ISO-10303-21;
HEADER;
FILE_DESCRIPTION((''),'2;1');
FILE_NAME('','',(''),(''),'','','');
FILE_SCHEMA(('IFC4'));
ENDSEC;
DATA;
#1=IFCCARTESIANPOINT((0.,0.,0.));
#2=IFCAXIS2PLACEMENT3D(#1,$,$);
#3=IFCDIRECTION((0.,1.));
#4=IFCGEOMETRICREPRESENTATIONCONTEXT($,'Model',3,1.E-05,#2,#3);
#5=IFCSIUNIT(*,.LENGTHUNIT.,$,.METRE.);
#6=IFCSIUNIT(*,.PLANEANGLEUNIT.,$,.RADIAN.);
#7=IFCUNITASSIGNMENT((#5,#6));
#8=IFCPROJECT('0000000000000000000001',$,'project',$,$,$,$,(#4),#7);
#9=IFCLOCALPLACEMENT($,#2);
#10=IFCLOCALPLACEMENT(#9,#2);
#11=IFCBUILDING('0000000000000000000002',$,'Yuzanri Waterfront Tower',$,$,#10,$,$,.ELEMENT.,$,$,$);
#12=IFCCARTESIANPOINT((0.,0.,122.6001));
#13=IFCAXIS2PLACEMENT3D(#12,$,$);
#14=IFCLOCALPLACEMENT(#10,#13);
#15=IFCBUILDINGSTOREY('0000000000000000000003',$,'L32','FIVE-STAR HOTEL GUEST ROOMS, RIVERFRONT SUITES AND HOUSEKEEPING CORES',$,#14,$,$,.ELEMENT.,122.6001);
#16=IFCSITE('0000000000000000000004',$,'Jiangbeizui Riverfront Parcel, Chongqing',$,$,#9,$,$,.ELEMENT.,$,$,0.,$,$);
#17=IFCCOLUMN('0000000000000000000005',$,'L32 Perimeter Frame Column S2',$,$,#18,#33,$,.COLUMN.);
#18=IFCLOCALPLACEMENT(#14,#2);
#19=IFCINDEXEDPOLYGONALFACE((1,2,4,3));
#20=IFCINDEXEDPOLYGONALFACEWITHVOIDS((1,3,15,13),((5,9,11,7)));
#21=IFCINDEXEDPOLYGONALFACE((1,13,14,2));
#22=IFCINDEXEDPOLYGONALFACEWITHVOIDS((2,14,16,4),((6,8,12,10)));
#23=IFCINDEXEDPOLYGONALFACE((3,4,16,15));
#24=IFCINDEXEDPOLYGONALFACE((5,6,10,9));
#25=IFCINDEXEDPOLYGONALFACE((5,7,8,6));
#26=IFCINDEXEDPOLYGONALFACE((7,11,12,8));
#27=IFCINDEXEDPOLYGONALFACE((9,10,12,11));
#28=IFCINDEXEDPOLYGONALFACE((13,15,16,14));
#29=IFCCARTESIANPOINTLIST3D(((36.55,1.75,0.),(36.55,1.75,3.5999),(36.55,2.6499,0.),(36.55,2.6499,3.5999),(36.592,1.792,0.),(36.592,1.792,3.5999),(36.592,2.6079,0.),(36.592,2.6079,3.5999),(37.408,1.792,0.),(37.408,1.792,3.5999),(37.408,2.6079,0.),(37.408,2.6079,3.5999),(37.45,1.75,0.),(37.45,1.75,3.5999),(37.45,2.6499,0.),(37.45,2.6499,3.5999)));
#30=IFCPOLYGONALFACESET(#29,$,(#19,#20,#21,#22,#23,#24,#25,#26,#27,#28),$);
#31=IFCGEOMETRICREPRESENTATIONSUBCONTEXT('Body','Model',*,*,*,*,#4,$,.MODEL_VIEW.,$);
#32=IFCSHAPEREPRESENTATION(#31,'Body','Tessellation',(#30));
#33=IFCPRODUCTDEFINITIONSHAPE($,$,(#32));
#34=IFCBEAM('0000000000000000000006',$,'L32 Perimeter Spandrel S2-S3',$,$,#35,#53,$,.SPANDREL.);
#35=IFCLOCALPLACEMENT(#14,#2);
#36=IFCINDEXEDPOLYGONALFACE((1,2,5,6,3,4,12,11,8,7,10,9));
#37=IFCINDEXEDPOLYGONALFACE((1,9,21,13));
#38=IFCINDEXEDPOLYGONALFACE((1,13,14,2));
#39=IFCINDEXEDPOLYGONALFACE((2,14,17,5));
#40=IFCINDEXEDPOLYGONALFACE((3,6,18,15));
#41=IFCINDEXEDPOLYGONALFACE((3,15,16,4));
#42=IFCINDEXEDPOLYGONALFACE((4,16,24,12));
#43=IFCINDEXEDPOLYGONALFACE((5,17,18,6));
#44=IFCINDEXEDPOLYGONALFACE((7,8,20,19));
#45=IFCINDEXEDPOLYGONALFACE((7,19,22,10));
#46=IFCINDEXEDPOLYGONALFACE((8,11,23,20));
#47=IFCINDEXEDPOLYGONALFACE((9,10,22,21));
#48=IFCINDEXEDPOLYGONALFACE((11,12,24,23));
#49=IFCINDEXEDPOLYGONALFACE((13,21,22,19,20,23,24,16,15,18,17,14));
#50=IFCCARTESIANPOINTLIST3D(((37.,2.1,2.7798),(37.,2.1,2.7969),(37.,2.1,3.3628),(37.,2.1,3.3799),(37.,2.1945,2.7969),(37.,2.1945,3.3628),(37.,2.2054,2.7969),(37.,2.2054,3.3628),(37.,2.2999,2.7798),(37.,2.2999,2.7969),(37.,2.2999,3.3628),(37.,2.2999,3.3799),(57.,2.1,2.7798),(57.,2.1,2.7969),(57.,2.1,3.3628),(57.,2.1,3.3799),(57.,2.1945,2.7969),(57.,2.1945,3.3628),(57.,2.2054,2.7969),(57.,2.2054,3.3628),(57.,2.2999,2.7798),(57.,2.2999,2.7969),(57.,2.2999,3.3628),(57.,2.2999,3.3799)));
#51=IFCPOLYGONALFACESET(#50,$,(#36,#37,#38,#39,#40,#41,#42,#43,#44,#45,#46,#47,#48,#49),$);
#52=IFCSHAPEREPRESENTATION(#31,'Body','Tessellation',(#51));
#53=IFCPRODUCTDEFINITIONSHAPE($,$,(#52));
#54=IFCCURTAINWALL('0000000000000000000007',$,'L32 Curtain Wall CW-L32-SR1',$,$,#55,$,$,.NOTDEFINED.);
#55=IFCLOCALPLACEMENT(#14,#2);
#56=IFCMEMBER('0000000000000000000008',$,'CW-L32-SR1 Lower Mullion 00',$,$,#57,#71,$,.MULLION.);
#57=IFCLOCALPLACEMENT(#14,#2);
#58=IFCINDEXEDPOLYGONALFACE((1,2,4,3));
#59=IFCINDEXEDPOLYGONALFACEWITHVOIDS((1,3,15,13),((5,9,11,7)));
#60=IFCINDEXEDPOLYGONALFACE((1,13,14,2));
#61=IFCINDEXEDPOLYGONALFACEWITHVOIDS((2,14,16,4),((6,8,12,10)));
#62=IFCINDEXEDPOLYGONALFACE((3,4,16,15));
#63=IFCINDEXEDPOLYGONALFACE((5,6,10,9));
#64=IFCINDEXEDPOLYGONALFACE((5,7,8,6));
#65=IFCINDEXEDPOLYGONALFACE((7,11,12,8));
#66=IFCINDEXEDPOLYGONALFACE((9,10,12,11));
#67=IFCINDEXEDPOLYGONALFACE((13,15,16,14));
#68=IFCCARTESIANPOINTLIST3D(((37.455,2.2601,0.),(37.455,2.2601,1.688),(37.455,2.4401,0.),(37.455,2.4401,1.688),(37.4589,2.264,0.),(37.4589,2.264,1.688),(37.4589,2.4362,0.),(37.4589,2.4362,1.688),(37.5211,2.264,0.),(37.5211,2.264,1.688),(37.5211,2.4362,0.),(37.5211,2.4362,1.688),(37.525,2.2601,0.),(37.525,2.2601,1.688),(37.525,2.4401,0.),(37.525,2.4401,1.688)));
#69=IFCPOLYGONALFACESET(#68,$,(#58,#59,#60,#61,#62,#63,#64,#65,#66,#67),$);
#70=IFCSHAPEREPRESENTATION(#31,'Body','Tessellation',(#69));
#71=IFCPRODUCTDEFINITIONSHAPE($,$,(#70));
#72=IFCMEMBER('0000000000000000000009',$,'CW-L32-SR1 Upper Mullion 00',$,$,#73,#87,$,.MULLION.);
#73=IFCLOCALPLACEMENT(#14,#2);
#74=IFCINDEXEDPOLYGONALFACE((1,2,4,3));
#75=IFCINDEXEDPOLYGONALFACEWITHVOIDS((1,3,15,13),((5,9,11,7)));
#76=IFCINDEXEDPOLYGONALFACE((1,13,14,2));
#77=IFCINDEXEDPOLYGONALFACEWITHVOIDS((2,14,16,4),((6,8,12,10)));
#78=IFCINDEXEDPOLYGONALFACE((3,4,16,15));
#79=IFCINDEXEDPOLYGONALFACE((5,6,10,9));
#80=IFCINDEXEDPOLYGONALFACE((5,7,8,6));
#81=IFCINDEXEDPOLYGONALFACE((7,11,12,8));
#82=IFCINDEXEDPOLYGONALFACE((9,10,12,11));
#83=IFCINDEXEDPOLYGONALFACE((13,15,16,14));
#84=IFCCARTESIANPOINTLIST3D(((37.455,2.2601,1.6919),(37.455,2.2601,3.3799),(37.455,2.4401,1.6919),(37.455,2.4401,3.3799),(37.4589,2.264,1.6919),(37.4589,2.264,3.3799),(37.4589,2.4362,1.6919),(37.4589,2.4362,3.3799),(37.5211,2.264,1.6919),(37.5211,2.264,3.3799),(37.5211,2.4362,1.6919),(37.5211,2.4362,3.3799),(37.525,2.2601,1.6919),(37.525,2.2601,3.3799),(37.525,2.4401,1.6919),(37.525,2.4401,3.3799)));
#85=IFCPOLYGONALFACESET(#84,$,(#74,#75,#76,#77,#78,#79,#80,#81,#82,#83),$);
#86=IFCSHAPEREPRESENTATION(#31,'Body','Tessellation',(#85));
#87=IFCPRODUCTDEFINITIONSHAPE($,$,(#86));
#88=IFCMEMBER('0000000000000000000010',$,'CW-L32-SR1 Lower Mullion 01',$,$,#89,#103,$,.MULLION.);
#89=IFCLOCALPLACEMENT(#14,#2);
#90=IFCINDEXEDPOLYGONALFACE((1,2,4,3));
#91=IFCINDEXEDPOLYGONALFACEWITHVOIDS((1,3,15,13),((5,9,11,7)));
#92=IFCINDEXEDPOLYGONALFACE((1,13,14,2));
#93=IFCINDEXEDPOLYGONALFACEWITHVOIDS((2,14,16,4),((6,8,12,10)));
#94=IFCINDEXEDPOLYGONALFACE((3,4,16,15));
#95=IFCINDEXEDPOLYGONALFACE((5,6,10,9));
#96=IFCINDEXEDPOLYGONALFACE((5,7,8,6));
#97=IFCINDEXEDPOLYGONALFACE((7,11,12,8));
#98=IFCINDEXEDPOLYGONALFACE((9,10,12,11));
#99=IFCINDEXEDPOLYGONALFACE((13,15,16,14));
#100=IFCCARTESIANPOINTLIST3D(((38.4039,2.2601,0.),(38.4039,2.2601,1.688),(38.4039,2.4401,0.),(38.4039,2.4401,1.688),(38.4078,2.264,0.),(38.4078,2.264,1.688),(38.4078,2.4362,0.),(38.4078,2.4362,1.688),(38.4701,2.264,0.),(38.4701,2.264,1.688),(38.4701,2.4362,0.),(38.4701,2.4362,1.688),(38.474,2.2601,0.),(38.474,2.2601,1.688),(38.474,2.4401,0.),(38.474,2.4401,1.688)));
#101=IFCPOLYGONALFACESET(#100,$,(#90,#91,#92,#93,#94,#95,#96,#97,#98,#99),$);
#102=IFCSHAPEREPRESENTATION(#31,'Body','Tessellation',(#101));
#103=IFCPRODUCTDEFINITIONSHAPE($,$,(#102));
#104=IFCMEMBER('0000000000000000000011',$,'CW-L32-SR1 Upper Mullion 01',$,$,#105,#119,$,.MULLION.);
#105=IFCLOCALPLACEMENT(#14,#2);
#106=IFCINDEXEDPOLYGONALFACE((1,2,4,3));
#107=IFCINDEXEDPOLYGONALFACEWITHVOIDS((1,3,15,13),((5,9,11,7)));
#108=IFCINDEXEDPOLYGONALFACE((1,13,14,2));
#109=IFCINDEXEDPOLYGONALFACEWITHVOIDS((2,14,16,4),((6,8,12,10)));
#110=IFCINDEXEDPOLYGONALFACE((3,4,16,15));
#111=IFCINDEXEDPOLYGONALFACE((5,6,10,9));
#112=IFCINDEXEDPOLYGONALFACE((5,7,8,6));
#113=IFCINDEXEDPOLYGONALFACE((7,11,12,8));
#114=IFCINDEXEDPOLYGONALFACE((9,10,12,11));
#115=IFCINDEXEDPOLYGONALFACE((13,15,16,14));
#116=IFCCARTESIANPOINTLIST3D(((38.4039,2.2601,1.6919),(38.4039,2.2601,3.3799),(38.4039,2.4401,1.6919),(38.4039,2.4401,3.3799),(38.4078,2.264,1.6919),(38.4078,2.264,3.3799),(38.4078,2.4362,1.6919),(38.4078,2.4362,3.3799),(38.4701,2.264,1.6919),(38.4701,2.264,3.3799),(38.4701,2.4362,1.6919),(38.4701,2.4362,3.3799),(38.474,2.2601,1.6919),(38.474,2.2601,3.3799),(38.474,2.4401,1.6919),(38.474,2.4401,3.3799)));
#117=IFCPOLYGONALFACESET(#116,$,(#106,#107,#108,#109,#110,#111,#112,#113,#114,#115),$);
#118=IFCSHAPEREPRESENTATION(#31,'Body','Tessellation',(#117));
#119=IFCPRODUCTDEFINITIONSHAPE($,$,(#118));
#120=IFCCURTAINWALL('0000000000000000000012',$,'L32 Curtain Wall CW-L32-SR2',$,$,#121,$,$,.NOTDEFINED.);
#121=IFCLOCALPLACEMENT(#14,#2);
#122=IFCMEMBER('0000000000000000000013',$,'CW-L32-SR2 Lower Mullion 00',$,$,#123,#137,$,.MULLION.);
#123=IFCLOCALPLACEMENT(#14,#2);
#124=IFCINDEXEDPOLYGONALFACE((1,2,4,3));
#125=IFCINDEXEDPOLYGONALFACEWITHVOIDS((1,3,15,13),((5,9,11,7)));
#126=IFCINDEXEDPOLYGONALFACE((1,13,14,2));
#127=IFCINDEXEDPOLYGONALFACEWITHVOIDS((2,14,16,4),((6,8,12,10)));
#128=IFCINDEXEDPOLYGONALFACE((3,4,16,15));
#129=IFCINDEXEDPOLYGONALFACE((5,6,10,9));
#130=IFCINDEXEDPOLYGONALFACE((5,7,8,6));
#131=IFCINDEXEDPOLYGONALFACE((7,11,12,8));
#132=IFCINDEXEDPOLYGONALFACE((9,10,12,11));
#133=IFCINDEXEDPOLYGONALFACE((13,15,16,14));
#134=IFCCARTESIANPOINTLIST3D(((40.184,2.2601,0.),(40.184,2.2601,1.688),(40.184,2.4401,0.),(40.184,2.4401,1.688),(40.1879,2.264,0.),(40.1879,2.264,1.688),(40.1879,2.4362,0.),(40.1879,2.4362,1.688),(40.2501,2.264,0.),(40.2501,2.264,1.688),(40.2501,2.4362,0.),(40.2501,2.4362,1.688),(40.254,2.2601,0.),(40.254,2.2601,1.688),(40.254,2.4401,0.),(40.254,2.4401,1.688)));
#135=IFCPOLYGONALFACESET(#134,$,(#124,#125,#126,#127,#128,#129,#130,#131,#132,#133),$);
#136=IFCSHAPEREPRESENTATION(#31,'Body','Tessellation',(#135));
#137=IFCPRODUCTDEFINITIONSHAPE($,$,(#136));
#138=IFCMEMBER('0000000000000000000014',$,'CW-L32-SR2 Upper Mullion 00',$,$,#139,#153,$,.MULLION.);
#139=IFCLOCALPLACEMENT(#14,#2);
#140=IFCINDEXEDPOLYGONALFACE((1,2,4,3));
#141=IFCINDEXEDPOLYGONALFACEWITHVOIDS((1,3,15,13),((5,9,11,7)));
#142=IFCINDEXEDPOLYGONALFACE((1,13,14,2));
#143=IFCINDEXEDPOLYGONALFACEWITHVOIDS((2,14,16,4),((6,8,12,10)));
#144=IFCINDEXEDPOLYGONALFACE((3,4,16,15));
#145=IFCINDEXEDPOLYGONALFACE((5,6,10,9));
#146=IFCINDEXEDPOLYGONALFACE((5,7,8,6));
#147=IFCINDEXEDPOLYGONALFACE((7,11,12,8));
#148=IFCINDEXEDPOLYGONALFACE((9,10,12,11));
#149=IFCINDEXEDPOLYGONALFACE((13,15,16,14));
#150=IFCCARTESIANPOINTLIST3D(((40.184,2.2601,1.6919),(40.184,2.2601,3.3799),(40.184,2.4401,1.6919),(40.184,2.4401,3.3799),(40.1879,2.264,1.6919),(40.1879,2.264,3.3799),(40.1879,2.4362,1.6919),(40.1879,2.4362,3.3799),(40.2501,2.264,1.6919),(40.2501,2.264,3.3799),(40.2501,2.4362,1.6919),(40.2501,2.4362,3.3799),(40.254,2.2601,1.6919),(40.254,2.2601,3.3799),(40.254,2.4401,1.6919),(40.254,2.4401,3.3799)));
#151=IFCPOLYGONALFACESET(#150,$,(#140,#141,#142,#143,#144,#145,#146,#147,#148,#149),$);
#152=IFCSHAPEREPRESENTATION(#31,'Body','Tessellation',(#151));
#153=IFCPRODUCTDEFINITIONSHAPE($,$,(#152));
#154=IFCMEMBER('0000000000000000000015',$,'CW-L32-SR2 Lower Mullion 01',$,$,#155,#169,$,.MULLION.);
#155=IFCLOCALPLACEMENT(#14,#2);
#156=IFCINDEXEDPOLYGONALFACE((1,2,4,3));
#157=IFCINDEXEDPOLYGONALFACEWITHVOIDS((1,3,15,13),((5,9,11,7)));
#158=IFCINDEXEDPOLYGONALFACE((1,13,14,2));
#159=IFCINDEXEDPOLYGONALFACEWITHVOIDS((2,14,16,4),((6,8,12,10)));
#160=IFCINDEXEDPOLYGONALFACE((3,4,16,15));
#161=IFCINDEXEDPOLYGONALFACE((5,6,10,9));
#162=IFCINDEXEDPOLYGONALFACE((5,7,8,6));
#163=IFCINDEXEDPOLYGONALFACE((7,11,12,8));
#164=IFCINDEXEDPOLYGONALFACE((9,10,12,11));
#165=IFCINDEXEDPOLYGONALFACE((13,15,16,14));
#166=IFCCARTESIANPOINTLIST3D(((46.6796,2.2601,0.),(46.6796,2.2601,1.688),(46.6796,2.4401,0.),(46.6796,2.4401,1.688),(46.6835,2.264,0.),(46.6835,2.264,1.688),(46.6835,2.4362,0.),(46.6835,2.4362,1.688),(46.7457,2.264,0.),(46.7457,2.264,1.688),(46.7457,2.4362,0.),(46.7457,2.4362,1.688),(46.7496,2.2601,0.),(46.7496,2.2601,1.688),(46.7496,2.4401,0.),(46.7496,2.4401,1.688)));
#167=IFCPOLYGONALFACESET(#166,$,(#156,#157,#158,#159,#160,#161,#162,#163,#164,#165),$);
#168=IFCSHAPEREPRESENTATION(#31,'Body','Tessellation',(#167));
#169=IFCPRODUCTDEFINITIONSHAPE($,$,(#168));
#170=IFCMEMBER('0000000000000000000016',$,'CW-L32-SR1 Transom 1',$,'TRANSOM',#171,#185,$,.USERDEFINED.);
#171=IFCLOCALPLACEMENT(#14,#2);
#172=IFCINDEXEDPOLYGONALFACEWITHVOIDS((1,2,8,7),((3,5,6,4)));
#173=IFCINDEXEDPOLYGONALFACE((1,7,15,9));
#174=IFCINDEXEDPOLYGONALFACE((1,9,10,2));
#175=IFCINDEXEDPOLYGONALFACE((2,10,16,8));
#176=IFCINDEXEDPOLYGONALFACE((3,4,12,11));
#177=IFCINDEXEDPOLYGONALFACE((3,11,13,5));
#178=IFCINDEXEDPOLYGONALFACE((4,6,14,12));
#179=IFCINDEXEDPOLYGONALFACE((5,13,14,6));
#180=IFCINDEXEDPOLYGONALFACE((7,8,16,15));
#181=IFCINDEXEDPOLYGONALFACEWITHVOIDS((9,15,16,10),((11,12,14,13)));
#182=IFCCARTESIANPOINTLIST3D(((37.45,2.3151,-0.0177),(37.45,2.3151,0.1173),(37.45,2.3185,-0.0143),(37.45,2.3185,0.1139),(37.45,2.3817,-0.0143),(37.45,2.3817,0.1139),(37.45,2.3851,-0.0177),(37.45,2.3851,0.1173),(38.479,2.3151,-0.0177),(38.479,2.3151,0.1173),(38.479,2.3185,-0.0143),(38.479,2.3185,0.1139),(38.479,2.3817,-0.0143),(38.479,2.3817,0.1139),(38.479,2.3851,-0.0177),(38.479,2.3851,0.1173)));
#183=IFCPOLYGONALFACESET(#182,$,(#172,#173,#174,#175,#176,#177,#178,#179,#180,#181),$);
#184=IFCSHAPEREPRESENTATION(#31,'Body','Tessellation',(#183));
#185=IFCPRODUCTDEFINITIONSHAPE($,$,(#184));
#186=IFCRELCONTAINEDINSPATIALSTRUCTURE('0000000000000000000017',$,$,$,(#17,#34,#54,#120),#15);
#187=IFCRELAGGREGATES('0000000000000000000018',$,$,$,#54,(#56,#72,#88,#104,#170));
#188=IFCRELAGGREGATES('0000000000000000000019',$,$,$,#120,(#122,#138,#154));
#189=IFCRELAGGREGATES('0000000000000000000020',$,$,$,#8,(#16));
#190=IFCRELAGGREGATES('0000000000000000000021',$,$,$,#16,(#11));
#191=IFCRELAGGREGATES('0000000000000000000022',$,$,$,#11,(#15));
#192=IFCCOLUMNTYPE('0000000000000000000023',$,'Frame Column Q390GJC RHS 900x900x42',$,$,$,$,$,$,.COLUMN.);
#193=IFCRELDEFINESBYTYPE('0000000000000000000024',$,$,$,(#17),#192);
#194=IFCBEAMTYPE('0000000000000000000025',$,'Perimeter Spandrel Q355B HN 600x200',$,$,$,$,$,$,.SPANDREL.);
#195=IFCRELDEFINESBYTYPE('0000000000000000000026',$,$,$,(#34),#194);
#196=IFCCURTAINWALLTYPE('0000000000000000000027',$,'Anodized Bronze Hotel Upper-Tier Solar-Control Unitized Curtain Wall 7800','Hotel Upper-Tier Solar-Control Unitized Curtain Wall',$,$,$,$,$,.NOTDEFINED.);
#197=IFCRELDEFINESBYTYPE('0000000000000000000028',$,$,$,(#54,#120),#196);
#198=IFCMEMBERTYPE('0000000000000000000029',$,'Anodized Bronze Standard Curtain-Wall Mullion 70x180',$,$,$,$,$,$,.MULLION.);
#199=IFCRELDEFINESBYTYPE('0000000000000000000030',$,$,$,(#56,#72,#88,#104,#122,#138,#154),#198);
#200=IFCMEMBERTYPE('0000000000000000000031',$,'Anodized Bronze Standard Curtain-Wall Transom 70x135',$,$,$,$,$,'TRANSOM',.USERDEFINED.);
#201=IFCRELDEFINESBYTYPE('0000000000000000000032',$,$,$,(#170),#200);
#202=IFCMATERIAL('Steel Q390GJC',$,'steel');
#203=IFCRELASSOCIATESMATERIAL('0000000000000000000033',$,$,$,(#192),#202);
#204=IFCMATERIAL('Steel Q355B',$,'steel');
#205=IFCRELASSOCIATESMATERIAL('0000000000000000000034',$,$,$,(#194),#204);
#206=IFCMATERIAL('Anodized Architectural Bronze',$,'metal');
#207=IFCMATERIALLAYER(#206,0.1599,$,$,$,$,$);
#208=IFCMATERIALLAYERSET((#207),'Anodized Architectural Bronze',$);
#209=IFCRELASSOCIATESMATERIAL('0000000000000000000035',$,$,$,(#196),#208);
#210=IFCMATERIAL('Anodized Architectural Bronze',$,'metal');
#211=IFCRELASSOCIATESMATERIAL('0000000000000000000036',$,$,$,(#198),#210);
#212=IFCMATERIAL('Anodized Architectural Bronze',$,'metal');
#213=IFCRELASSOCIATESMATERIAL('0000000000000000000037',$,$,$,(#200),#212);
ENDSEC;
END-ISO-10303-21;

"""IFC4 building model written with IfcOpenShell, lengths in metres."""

from ifc_helpers import new_model, si_unit, direction, frame, origin, origin_2d, place, context, subcontext, project, spatial, hollow_rectangle, i_section, extrude, source, transform, mapped, material, layer, layer_set, material_profile, profile_set, type_object, element, aggregate, save


model = new_model("IFC4")

# Units and contexts
model_context = context("Model", 3, precision=1e-05, world=origin(), true_north=direction((0.0, 1.0)))
body_context = subcontext(model_context, "Body", "Model", "MODEL_VIEW")
ifc_project = project(units=[si_unit("LENGTHUNIT", "METRE"), si_unit("PLANEANGLEUNIT", "RADIAN")], contexts=[model_context])

# Site, building, storey
site_placement = place(None, origin())
site = spatial("IfcSite", under=ifc_project, at=site_placement, Name="Jiangbeizui Riverfront Parcel, Chongqing", CompositionType="ELEMENT", RefElevation=0.0)
building_placement = place(site_placement, origin())
building = spatial("IfcBuilding", under=site, at=building_placement, Name="Yuzanri Waterfront Tower", CompositionType="ELEMENT")
storey_placement = place(building_placement, frame((0.0, 0.0, 122.6001)))
storey = spatial("IfcBuildingStorey", under=building, at=storey_placement, Name="L32", Description="FIVE-STAR HOTEL GUEST ROOMS, RIVERFRONT SUITES AND HOUSEKEEPING CORES", CompositionType="ELEMENT", Elevation=122.6001)

# Column
ifc_material_1 = material(Name="Steel Q390GJC", Category="steel")
ifc_material_profile_1 = material_profile(ifc_material_1, hollow_rectangle(XDim=0.8999, YDim=0.8999, WallThickness=0.042, at=origin_2d()), Name="RHS 900x900x42")
ifc_profile_set_1 = profile_set([ifc_material_profile_1], Name="Steel Q390GJC")
column_type = type_object("IfcColumnType", Name="Frame Column Q390GJC RHS 900x900x42", PredefinedType="COLUMN", material=ifc_profile_set_1)
shared_shape_1 = source(origin(), body_context, "Body", "SweptSolid", [
    extrude(hollow_rectangle(XDim=0.8999, YDim=0.8999, WallThickness=0.042, at=origin_2d()), origin(), (0.0, 0.0, 1.0), 3.5999),
])
column_placement = place(storey_placement, frame((37.0, 2.2, 0.0), z_axis=(0.0, 0.0, 1.0), x_axis=(1.0, 0.0, 0.0)))
element("IfcColumn", 1, at=column_placement, inside=storey, type_object=column_type, Name="L32 Perimeter Frame Column S2", PredefinedType="COLUMN", context=body_context, shape_type="MappedRepresentation", body=[
    mapped(shared_shape_1, transform((0.0, 0.0, 0.0), scale=1.0)),
])

# Beam
ifc_material_2 = material(Name="Steel Q355B", Category="steel")
ifc_material_profile_2 = material_profile(ifc_material_2, i_section(OverallWidth=0.2, OverallDepth=0.6001, WebThickness=0.011, FlangeThickness=0.0171, at=origin_2d()), Name="HN 600x200x11x17")
ifc_profile_set_2 = profile_set([ifc_material_profile_2], Name="Steel Q355B")
beam_type = type_object("IfcBeamType", Name="Perimeter Spandrel Q355B HN 600x200", PredefinedType="SPANDREL", material=ifc_profile_set_2)
shared_shape_2 = source(origin(), body_context, "Body", "SweptSolid", [
    extrude(i_section(OverallWidth=0.2, OverallDepth=0.6001, WebThickness=0.011, FlangeThickness=0.0171, at=origin_2d()), origin(), (0.0, 0.0, 1.0), 20.0),
])
beam_placement = place(storey_placement, frame((37.0, 2.2, 3.0798), z_axis=(1.0, 0.0, 0.0), x_axis=(0.0, 1.0, 0.0)))
element("IfcBeam", 2, at=beam_placement, inside=storey, type_object=beam_type, Name="L32 Perimeter Spandrel S2-S3", PredefinedType="SPANDREL", context=body_context, shape_type="MappedRepresentation", body=[
    mapped(shared_shape_2, transform((0.0, 0.0, 0.0), scale=1.0)),
])

# Curtain walls, members
ifc_material_3 = material(Name="Anodized Architectural Bronze", Category="metal")
ifc_layer_1 = layer(ifc_material_3, 0.1599)
ifc_layer_set_1 = layer_set([ifc_layer_1], Name="Anodized Architectural Bronze")
curtain_wall_type = type_object("IfcCurtainWallType", Name="Anodized Bronze Hotel Upper-Tier Solar-Control Unitized Curtain Wall 7800", Description="Hotel Upper-Tier Solar-Control Unitized Curtain Wall", PredefinedType="NOTDEFINED", material=ifc_layer_set_1)
curtain_wall_1_placement = place(storey_placement, origin())
curtain_wall_1 = element("IfcCurtainWall", 3, at=curtain_wall_1_placement, inside=storey, type_object=curtain_wall_type, Name="L32 Curtain Wall CW-L32-SR1", PredefinedType="NOTDEFINED")
ifc_material_4 = material(Name="Anodized Architectural Bronze", Category="metal")
ifc_material_profile_3 = material_profile(ifc_material_4, hollow_rectangle(XDim=0.0701, YDim=0.1799, WallThickness=0.0039, at=origin_2d()), Name="CWM 70x180")
ifc_profile_set_3 = profile_set([ifc_material_profile_3], Name="Anodized Architectural Bronze")
member_type_1 = type_object("IfcMemberType", Name="Anodized Bronze Standard Curtain-Wall Mullion 70x180", PredefinedType="MULLION", material=ifc_profile_set_3)
shared_shape_3 = source(origin(), body_context, "Body", "SweptSolid", [
    extrude(hollow_rectangle(XDim=0.0701, YDim=0.1799, WallThickness=0.0039, at=origin_2d()), origin(), (0.0, 0.0, 1.0), 1.688),
])
member_1_placement = place(storey_placement, frame((37.49, 2.3501, 0.0), z_axis=(0.0, 0.0, 1.0), x_axis=(1.0, 0.0, 0.0)))
member_1 = element("IfcMember", 4, at=member_1_placement, type_object=member_type_1, Name="CW-L32-SR1 Lower Mullion 00", PredefinedType="MULLION", context=body_context, shape_type="MappedRepresentation", body=[
    mapped(shared_shape_3, transform((0.0, 0.0, 0.0), scale=1.0)),
])
member_2_placement = place(storey_placement, frame((37.49, 2.3501, 1.6919), z_axis=(0.0, 0.0, 1.0), x_axis=(1.0, 0.0, 0.0)))
member_2 = element("IfcMember", 5, at=member_2_placement, type_object=member_type_1, Name="CW-L32-SR1 Upper Mullion 00", PredefinedType="MULLION", context=body_context, shape_type="MappedRepresentation", body=[
    mapped(shared_shape_3, transform((0.0, 0.0, 0.0), scale=1.0)),
])
member_3_placement = place(storey_placement, frame((38.439, 2.3501, 0.0), z_axis=(0.0, 0.0, 1.0), x_axis=(1.0, 0.0, 0.0)))
member_3 = element("IfcMember", 6, at=member_3_placement, type_object=member_type_1, Name="CW-L32-SR1 Lower Mullion 01", PredefinedType="MULLION", context=body_context, shape_type="MappedRepresentation", body=[
    mapped(shared_shape_3, transform((0.0, 0.0, 0.0), scale=1.0)),
])
member_4_placement = place(storey_placement, frame((38.439, 2.3501, 1.6919), z_axis=(0.0, 0.0, 1.0), x_axis=(1.0, 0.0, 0.0)))
member_4 = element("IfcMember", 7, at=member_4_placement, type_object=member_type_1, Name="CW-L32-SR1 Upper Mullion 01", PredefinedType="MULLION", context=body_context, shape_type="MappedRepresentation", body=[
    mapped(shared_shape_3, transform((0.0, 0.0, 0.0), scale=1.0)),
])
curtain_wall_2_placement = place(storey_placement, origin())
curtain_wall_2 = element("IfcCurtainWall", 8, at=curtain_wall_2_placement, inside=storey, type_object=curtain_wall_type, Name="L32 Curtain Wall CW-L32-SR2", PredefinedType="NOTDEFINED")
member_5_placement = place(storey_placement, frame((40.219, 2.3501, 0.0), z_axis=(0.0, 0.0, 1.0), x_axis=(1.0, 0.0, 0.0)))
member_5 = element("IfcMember", 9, at=member_5_placement, type_object=member_type_1, Name="CW-L32-SR2 Lower Mullion 00", PredefinedType="MULLION", context=body_context, shape_type="MappedRepresentation", body=[
    mapped(shared_shape_3, transform((0.0, 0.0, 0.0), scale=1.0)),
])
member_6_placement = place(storey_placement, frame((40.219, 2.3501, 1.6919), z_axis=(0.0, 0.0, 1.0), x_axis=(1.0, 0.0, 0.0)))
member_6 = element("IfcMember", 10, at=member_6_placement, type_object=member_type_1, Name="CW-L32-SR2 Upper Mullion 00", PredefinedType="MULLION", context=body_context, shape_type="MappedRepresentation", body=[
    mapped(shared_shape_3, transform((0.0, 0.0, 0.0), scale=1.0)),
])
member_7_placement = place(storey_placement, frame((46.7146, 2.3501, 0.0), z_axis=(0.0, 0.0, 1.0), x_axis=(1.0, 0.0, 0.0)))
member_7 = element("IfcMember", 11, at=member_7_placement, type_object=member_type_1, Name="CW-L32-SR2 Lower Mullion 01", PredefinedType="MULLION", context=body_context, shape_type="MappedRepresentation", body=[
    mapped(shared_shape_3, transform((0.0, 0.0, 0.0), scale=1.0)),
])

# Member
ifc_material_5 = material(Name="Anodized Architectural Bronze", Category="metal")
ifc_material_profile_4 = material_profile(ifc_material_5, hollow_rectangle(XDim=0.0701, YDim=0.135, WallThickness=0.0034, at=origin_2d()), Name="CWT 70x135")
ifc_profile_set_4 = profile_set([ifc_material_profile_4], Name="Anodized Architectural Bronze")
member_type_2 = type_object("IfcMemberType", Name="Anodized Bronze Standard Curtain-Wall Transom 70x135", ElementType="TRANSOM", PredefinedType="USERDEFINED", material=ifc_profile_set_4)
shared_shape_4 = source(origin(), body_context, "Body", "SweptSolid", [
    extrude(hollow_rectangle(XDim=0.0701, YDim=0.135, WallThickness=0.0034, at=origin_2d()), origin(), (0.0, 0.0, 1.0), 1.0291),
])
member_8_placement = place(storey_placement, frame((37.45, 2.3501, 0.0498), z_axis=(1.0, 0.0, 0.0), x_axis=(0.0, 1.0, 0.0)))
member_8 = element("IfcMember", 12, at=member_8_placement, type_object=member_type_2, Name="CW-L32-SR1 Transom 1", ObjectType="TRANSOM", PredefinedType="USERDEFINED", context=body_context, shape_type="MappedRepresentation", body=[
    mapped(shared_shape_4, transform((0.0, 0.0, 0.0), scale=1.0)),
])

aggregate(curtain_wall_1, [member_1, member_2, member_3, member_4, member_8])
aggregate(curtain_wall_2, [member_5, member_6, member_7])

save(model, "model.ifc")
